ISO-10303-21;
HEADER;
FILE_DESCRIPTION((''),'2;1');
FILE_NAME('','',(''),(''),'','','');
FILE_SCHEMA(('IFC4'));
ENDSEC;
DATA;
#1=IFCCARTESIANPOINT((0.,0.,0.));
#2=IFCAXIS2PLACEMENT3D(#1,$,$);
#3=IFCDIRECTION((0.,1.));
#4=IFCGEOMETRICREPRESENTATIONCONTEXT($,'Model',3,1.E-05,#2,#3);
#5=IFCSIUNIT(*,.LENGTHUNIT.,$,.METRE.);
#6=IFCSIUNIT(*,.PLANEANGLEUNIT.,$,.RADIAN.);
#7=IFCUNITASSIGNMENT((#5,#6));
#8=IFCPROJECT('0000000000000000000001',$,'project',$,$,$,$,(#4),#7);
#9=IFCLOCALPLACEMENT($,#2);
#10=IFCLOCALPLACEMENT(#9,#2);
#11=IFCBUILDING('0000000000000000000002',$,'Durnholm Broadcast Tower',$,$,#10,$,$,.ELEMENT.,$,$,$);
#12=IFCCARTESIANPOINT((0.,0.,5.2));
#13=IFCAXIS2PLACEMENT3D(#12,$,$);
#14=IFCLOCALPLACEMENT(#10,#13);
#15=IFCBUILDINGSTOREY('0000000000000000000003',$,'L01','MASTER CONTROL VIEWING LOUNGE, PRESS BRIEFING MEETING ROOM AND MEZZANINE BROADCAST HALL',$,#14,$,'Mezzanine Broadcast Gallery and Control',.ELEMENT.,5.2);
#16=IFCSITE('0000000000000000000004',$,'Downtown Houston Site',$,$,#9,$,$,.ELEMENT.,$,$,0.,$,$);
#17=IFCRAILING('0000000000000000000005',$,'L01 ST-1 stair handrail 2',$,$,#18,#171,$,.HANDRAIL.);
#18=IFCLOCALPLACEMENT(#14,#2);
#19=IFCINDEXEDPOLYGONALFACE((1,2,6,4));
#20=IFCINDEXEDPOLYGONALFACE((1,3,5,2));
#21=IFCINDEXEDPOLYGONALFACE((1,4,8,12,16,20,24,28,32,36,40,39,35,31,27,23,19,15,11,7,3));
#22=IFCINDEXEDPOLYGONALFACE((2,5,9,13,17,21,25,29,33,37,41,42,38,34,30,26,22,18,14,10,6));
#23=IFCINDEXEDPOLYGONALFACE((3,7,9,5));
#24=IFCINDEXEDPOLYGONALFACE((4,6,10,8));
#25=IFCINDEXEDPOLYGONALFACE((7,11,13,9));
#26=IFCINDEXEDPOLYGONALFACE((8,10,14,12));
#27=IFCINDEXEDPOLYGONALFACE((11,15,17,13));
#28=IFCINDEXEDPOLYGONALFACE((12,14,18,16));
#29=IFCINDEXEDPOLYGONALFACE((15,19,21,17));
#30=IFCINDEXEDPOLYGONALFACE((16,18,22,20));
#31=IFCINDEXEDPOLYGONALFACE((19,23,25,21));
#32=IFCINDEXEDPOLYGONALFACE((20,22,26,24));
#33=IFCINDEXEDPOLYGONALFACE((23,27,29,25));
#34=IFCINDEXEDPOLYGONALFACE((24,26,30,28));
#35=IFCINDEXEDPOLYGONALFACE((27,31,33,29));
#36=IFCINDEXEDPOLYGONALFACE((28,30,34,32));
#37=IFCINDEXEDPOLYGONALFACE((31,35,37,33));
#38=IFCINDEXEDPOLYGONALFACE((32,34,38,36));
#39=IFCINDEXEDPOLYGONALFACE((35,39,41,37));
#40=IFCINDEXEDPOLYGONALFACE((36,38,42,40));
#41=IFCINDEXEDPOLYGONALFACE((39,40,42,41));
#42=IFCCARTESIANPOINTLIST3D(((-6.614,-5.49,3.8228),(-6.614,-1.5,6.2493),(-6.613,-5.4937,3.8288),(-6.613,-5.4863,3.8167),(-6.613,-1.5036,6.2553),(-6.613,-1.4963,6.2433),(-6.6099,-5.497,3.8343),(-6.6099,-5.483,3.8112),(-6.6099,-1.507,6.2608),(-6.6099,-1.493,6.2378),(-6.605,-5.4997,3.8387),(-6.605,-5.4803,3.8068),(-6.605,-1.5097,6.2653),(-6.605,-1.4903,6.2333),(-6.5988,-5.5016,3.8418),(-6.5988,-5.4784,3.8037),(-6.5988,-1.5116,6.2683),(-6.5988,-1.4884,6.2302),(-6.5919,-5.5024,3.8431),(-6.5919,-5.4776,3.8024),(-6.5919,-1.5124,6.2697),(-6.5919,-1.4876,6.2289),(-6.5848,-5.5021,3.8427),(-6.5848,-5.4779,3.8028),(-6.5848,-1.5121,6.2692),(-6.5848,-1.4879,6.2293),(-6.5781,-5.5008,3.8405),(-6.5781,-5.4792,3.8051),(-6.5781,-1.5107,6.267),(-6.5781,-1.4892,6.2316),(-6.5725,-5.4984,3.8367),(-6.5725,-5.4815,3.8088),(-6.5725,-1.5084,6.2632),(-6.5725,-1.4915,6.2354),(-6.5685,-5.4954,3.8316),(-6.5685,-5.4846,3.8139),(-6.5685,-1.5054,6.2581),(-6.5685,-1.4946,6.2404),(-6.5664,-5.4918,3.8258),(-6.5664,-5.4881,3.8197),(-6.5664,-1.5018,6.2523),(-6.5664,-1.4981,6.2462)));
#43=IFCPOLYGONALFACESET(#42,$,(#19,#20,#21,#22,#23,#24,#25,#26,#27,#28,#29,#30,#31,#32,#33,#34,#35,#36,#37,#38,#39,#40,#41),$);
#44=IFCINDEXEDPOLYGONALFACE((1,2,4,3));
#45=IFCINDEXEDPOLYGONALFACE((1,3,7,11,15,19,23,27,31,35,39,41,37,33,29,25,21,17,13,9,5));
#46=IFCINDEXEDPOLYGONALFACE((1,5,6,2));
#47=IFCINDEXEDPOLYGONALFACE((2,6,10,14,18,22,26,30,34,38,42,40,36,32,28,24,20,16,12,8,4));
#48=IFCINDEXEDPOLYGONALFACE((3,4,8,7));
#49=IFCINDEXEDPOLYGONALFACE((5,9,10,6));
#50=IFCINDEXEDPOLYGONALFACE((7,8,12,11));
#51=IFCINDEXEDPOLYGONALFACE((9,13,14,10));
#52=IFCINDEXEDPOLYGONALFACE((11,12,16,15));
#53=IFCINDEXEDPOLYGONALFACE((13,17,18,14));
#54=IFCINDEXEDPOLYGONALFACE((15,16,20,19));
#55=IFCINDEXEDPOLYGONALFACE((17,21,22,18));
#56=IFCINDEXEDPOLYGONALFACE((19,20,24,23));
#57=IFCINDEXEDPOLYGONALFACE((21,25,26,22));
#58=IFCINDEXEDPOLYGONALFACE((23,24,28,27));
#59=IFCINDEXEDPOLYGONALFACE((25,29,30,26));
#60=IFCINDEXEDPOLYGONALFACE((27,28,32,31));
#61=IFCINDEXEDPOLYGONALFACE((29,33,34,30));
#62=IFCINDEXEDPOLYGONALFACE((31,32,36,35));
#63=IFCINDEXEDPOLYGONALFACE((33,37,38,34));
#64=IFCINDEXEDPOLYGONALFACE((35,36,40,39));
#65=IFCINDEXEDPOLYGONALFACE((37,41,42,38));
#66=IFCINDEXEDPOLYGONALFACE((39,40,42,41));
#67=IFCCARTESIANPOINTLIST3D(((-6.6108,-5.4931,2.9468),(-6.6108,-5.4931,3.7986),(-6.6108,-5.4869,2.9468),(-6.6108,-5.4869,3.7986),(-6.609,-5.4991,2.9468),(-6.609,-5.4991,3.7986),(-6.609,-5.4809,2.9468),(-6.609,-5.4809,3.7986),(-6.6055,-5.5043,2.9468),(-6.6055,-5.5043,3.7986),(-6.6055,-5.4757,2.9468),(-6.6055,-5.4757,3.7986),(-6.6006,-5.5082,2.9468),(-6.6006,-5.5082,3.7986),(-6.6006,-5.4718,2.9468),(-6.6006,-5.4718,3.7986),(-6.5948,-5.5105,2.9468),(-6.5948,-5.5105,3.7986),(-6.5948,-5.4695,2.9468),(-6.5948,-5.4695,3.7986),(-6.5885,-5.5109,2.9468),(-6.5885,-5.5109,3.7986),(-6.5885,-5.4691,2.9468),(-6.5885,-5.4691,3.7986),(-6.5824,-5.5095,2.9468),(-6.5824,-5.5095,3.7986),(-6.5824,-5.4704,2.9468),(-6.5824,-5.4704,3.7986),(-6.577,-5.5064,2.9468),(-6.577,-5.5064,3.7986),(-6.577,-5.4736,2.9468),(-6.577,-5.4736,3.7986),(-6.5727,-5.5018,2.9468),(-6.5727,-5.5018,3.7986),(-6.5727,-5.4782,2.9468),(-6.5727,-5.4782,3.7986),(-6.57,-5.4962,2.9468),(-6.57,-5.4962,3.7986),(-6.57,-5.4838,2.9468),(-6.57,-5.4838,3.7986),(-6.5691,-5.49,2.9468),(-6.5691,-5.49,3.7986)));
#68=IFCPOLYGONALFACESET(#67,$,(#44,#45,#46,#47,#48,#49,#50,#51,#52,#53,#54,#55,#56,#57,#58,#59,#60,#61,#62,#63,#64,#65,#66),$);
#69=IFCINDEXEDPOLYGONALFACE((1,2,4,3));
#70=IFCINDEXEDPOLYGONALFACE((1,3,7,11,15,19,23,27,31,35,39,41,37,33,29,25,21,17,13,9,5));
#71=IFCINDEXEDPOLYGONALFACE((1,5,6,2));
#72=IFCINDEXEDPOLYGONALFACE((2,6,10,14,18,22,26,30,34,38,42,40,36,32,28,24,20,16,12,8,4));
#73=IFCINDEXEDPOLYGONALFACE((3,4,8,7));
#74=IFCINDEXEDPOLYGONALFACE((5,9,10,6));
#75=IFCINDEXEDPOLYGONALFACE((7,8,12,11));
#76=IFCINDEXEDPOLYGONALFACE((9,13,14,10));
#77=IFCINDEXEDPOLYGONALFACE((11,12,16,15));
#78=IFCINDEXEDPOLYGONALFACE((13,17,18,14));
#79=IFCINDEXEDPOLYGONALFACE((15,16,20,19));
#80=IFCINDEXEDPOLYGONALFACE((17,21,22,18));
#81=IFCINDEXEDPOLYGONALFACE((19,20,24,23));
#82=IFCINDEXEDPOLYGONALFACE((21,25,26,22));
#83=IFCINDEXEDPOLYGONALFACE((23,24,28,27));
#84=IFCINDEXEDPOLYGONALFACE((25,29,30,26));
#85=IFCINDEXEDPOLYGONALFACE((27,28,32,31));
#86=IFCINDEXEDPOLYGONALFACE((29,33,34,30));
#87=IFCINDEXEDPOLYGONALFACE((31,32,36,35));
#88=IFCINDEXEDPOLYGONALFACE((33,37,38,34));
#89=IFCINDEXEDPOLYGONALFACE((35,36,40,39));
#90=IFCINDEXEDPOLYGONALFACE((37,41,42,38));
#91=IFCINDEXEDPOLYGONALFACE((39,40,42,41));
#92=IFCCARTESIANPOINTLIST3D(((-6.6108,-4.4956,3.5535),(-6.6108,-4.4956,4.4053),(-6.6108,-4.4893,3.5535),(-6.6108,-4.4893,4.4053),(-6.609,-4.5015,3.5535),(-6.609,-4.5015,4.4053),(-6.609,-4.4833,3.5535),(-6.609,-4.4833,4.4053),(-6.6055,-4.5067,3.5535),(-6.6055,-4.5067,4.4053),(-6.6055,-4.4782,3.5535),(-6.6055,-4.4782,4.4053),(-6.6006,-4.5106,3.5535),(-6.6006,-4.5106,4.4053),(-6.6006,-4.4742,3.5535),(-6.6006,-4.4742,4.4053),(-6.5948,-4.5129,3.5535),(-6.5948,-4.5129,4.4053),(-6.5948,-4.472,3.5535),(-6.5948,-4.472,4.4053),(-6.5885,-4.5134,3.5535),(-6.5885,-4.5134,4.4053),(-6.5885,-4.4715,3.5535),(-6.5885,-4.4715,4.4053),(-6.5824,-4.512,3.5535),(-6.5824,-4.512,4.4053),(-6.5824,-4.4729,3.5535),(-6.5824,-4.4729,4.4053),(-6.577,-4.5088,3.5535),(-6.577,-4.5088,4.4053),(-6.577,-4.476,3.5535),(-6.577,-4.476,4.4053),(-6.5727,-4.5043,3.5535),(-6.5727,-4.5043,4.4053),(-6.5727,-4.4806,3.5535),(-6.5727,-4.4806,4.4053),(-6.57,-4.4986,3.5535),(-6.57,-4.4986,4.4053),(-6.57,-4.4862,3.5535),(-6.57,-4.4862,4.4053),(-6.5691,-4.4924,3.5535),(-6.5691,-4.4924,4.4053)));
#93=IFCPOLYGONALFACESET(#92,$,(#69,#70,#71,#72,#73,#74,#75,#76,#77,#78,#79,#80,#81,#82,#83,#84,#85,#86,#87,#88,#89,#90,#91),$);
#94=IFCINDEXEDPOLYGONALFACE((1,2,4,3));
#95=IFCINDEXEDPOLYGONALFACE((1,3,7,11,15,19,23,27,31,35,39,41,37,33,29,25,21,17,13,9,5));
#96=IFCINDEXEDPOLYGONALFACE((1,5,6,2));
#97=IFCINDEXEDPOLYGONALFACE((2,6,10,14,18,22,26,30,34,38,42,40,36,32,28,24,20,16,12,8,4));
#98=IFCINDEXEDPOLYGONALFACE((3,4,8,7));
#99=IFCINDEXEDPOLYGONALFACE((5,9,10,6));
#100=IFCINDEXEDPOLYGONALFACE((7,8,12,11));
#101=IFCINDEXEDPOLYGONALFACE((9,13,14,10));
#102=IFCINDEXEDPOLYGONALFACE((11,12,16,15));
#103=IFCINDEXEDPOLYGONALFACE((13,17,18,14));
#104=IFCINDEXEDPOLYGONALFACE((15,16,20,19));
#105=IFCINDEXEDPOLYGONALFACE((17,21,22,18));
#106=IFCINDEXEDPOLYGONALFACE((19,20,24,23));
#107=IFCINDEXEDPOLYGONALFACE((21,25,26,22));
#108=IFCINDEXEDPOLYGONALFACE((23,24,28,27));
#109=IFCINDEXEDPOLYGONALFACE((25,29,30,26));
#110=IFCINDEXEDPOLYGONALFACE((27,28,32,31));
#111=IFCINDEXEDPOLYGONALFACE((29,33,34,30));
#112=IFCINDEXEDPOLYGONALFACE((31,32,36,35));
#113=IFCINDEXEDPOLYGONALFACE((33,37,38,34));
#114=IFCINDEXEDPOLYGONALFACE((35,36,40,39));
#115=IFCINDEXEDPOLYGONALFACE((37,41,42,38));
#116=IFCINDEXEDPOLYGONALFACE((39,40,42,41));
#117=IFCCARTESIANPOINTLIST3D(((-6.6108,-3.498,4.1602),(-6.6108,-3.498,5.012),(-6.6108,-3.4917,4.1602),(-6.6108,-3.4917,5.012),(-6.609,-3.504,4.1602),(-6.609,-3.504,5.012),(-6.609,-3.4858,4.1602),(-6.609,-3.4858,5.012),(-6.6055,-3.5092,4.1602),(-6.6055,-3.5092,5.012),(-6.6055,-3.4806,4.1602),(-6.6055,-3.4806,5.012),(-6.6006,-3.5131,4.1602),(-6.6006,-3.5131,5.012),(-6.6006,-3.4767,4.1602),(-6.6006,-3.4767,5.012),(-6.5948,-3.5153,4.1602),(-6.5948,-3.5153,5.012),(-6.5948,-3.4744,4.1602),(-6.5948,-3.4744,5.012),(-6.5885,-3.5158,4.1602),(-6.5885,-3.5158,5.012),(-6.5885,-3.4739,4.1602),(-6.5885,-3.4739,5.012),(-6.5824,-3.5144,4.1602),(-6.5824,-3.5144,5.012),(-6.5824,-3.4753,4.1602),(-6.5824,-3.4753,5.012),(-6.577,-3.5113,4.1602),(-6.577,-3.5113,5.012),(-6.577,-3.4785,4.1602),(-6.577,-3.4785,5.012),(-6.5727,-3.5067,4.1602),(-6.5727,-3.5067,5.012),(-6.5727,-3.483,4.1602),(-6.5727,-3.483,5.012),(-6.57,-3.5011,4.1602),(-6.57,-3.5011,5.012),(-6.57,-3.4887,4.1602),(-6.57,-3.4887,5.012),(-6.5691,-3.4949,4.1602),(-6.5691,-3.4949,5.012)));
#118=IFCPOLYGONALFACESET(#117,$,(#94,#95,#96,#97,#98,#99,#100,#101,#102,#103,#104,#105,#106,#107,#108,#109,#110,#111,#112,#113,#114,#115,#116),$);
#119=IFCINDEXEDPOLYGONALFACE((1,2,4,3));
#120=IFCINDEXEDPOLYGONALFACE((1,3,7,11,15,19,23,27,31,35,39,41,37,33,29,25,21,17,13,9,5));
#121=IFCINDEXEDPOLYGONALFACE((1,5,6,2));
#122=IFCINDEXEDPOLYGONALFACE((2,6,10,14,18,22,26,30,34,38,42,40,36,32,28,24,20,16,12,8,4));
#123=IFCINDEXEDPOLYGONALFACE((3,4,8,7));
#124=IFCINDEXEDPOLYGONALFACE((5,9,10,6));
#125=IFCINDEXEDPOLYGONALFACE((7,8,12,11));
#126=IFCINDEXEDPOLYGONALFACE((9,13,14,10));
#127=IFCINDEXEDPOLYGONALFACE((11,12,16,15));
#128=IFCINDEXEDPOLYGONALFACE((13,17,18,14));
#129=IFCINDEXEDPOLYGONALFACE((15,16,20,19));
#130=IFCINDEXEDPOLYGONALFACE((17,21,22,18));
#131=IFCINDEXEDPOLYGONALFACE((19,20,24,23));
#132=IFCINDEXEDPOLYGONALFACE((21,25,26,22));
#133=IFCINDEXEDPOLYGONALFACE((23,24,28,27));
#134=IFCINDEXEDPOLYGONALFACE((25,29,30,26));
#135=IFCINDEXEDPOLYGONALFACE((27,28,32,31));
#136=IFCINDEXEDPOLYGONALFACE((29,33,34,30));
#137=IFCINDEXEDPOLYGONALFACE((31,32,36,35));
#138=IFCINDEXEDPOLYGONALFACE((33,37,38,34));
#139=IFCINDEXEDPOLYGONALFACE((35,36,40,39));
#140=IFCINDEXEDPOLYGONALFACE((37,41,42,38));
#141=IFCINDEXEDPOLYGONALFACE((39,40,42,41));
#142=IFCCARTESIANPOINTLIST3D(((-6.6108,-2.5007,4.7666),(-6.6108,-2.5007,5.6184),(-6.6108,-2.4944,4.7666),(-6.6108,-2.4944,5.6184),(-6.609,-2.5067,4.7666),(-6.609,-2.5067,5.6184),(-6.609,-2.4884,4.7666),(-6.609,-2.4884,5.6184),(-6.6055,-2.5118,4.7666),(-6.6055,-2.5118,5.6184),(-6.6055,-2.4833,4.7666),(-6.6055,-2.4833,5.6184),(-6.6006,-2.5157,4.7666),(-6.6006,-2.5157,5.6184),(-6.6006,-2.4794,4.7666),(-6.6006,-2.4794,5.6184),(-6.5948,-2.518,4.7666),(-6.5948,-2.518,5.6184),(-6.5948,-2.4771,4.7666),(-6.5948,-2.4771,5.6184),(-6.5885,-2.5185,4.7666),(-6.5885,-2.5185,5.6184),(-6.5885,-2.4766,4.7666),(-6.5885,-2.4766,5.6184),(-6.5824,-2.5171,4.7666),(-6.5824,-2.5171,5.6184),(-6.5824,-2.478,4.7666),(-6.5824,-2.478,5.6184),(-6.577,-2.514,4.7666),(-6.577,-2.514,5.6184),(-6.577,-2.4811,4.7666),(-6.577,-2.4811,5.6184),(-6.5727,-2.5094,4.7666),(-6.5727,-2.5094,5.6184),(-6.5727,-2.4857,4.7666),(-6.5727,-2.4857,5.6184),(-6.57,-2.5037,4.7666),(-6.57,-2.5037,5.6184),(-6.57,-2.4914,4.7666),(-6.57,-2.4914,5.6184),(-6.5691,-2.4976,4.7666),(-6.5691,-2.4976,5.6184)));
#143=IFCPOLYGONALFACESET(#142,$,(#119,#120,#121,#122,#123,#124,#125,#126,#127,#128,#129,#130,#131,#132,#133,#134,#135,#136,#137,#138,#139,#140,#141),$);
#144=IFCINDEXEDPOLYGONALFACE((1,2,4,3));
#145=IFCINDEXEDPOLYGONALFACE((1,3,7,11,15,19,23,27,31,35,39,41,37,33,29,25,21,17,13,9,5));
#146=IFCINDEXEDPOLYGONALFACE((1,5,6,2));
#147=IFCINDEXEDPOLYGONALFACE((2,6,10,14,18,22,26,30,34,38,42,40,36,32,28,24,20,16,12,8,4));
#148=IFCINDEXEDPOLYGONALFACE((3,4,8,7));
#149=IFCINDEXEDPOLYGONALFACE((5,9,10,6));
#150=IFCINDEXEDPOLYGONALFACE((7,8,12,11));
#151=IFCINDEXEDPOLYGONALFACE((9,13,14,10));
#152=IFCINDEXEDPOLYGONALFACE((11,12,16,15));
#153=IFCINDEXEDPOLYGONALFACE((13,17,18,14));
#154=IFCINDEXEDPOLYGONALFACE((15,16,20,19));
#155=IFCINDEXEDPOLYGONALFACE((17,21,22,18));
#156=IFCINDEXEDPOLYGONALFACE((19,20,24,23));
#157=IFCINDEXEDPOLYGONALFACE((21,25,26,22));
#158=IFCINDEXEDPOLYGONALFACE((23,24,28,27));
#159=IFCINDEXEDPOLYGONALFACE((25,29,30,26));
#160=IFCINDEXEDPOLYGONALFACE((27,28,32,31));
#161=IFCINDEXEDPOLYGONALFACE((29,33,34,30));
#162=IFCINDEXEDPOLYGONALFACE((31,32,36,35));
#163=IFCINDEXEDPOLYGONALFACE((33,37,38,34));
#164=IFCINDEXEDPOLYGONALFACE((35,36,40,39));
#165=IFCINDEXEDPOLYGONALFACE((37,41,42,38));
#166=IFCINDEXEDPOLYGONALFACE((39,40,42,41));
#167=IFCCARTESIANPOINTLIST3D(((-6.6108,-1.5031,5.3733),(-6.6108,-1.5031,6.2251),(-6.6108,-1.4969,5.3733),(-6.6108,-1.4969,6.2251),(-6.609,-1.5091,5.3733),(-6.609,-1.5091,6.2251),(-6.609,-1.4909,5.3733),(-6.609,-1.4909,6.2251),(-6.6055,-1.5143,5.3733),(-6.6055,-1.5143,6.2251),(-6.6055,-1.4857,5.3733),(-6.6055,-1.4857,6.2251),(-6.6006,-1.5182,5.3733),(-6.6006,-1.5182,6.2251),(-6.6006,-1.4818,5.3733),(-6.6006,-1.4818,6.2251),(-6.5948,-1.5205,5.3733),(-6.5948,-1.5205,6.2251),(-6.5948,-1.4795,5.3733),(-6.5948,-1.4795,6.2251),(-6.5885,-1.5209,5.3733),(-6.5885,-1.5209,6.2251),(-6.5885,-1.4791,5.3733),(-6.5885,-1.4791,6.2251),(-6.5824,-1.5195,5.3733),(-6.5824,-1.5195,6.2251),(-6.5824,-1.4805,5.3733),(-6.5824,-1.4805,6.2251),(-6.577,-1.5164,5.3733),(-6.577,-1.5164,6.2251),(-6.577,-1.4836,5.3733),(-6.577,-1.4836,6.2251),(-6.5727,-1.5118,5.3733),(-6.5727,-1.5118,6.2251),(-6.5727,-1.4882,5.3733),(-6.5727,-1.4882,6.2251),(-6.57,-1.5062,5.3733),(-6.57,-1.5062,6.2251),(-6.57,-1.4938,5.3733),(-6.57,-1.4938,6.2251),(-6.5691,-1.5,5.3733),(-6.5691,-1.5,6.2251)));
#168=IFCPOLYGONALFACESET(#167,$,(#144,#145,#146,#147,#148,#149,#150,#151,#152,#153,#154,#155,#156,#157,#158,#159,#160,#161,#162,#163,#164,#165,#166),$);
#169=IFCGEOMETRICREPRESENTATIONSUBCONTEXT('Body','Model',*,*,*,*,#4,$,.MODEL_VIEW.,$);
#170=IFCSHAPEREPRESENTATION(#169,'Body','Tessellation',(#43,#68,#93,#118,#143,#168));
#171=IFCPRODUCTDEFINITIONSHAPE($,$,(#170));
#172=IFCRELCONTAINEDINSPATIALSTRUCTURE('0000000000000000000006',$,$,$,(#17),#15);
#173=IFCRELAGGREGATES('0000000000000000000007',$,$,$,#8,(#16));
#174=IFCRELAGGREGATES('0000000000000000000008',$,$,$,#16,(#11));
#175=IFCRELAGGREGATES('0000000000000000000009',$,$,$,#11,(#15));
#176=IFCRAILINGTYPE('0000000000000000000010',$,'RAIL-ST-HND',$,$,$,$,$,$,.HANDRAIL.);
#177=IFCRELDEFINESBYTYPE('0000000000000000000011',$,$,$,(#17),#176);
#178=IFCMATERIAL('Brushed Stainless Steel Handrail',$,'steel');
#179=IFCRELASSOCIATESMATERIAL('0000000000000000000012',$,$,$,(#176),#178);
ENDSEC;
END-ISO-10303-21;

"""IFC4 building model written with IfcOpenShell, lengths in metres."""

from ifc_helpers import new_model, si_unit, direction, frame, origin, origin_2d, place, context, subcontext, project, spatial, circle, extrude, material, type_object, element, save


model = new_model("IFC4")

# Units and contexts
model_context = context("Model", 3, precision=1e-05, world=origin(), true_north=direction((0.0, 1.0)))
body_context = subcontext(model_context, "Body", "Model", "MODEL_VIEW")
ifc_project = project(units=[si_unit("LENGTHUNIT", "METRE"), si_unit("PLANEANGLEUNIT", "RADIAN")], contexts=[model_context])

# Site, building, storey
site_placement = place(None, origin())
site = spatial("IfcSite", under=ifc_project, at=site_placement, Name="Downtown Houston Site", CompositionType="ELEMENT", RefElevation=0.0)
building_placement = place(site_placement, origin())
building = spatial("IfcBuilding", under=site, at=building_placement, Name="Durnholm Broadcast Tower", CompositionType="ELEMENT")
storey_placement = place(building_placement, frame((0.0, 0.0, 5.2)))
storey = spatial("IfcBuildingStorey", under=building, at=storey_placement, Name="L01", Description="MASTER CONTROL VIEWING LOUNGE, PRESS BRIEFING MEETING ROOM AND MEZZANINE BROADCAST HALL", LongName="Mezzanine Broadcast Gallery and Control", CompositionType="ELEMENT", Elevation=5.2)

# Railing
ifc_material_1 = material(Name="Brushed Stainless Steel Handrail", Category="steel")
railing_type_1 = type_object("IfcRailingType", Name="RAIL-ST-HND", PredefinedType="HANDRAIL", material=ifc_material_1)
railing_1_placement = place(storey_placement, frame((-6.5901, -5.49, 2.9468)))
element("IfcRailing", 1, at=railing_1_placement, inside=storey, type_object=railing_type_1, Name="L01 ST-1 stair handrail 2", PredefinedType="HANDRAIL", context=body_context, shape_type="SweptSolid", body=[
    extrude(circle(Radius=0.0239, at=origin_2d()), frame((0.0, 0.0, 0.876), z_axis=(0.0, 0.854405, 0.519607), x_axis=(-1.0, 0.0, 0.0)), (0.0, 0.0, 1.0), 4.6699),
    extrude(circle(Radius=0.021, at=origin_2d()), origin(), (0.0, 0.0, 1.0), 0.8518),
    extrude(circle(Radius=0.021, at=origin_2d()), frame((0.0, 0.9976, 0.6067)), (0.0, 0.0, 1.0), 0.8518),
    extrude(circle(Radius=0.021, at=origin_2d()), frame((0.0, 1.9951, 1.2134)), (0.0, 0.0, 1.0), 0.8518),
    extrude(circle(Radius=0.021, at=origin_2d()), frame((0.0, 2.9924, 1.8198)), (0.0, 0.0, 1.0), 0.8518),
    extrude(circle(Radius=0.021, at=origin_2d()), frame((0.0, 3.99, 2.4265)), (0.0, 0.0, 1.0), 0.8518),
])

save(model, "model.ifc")
